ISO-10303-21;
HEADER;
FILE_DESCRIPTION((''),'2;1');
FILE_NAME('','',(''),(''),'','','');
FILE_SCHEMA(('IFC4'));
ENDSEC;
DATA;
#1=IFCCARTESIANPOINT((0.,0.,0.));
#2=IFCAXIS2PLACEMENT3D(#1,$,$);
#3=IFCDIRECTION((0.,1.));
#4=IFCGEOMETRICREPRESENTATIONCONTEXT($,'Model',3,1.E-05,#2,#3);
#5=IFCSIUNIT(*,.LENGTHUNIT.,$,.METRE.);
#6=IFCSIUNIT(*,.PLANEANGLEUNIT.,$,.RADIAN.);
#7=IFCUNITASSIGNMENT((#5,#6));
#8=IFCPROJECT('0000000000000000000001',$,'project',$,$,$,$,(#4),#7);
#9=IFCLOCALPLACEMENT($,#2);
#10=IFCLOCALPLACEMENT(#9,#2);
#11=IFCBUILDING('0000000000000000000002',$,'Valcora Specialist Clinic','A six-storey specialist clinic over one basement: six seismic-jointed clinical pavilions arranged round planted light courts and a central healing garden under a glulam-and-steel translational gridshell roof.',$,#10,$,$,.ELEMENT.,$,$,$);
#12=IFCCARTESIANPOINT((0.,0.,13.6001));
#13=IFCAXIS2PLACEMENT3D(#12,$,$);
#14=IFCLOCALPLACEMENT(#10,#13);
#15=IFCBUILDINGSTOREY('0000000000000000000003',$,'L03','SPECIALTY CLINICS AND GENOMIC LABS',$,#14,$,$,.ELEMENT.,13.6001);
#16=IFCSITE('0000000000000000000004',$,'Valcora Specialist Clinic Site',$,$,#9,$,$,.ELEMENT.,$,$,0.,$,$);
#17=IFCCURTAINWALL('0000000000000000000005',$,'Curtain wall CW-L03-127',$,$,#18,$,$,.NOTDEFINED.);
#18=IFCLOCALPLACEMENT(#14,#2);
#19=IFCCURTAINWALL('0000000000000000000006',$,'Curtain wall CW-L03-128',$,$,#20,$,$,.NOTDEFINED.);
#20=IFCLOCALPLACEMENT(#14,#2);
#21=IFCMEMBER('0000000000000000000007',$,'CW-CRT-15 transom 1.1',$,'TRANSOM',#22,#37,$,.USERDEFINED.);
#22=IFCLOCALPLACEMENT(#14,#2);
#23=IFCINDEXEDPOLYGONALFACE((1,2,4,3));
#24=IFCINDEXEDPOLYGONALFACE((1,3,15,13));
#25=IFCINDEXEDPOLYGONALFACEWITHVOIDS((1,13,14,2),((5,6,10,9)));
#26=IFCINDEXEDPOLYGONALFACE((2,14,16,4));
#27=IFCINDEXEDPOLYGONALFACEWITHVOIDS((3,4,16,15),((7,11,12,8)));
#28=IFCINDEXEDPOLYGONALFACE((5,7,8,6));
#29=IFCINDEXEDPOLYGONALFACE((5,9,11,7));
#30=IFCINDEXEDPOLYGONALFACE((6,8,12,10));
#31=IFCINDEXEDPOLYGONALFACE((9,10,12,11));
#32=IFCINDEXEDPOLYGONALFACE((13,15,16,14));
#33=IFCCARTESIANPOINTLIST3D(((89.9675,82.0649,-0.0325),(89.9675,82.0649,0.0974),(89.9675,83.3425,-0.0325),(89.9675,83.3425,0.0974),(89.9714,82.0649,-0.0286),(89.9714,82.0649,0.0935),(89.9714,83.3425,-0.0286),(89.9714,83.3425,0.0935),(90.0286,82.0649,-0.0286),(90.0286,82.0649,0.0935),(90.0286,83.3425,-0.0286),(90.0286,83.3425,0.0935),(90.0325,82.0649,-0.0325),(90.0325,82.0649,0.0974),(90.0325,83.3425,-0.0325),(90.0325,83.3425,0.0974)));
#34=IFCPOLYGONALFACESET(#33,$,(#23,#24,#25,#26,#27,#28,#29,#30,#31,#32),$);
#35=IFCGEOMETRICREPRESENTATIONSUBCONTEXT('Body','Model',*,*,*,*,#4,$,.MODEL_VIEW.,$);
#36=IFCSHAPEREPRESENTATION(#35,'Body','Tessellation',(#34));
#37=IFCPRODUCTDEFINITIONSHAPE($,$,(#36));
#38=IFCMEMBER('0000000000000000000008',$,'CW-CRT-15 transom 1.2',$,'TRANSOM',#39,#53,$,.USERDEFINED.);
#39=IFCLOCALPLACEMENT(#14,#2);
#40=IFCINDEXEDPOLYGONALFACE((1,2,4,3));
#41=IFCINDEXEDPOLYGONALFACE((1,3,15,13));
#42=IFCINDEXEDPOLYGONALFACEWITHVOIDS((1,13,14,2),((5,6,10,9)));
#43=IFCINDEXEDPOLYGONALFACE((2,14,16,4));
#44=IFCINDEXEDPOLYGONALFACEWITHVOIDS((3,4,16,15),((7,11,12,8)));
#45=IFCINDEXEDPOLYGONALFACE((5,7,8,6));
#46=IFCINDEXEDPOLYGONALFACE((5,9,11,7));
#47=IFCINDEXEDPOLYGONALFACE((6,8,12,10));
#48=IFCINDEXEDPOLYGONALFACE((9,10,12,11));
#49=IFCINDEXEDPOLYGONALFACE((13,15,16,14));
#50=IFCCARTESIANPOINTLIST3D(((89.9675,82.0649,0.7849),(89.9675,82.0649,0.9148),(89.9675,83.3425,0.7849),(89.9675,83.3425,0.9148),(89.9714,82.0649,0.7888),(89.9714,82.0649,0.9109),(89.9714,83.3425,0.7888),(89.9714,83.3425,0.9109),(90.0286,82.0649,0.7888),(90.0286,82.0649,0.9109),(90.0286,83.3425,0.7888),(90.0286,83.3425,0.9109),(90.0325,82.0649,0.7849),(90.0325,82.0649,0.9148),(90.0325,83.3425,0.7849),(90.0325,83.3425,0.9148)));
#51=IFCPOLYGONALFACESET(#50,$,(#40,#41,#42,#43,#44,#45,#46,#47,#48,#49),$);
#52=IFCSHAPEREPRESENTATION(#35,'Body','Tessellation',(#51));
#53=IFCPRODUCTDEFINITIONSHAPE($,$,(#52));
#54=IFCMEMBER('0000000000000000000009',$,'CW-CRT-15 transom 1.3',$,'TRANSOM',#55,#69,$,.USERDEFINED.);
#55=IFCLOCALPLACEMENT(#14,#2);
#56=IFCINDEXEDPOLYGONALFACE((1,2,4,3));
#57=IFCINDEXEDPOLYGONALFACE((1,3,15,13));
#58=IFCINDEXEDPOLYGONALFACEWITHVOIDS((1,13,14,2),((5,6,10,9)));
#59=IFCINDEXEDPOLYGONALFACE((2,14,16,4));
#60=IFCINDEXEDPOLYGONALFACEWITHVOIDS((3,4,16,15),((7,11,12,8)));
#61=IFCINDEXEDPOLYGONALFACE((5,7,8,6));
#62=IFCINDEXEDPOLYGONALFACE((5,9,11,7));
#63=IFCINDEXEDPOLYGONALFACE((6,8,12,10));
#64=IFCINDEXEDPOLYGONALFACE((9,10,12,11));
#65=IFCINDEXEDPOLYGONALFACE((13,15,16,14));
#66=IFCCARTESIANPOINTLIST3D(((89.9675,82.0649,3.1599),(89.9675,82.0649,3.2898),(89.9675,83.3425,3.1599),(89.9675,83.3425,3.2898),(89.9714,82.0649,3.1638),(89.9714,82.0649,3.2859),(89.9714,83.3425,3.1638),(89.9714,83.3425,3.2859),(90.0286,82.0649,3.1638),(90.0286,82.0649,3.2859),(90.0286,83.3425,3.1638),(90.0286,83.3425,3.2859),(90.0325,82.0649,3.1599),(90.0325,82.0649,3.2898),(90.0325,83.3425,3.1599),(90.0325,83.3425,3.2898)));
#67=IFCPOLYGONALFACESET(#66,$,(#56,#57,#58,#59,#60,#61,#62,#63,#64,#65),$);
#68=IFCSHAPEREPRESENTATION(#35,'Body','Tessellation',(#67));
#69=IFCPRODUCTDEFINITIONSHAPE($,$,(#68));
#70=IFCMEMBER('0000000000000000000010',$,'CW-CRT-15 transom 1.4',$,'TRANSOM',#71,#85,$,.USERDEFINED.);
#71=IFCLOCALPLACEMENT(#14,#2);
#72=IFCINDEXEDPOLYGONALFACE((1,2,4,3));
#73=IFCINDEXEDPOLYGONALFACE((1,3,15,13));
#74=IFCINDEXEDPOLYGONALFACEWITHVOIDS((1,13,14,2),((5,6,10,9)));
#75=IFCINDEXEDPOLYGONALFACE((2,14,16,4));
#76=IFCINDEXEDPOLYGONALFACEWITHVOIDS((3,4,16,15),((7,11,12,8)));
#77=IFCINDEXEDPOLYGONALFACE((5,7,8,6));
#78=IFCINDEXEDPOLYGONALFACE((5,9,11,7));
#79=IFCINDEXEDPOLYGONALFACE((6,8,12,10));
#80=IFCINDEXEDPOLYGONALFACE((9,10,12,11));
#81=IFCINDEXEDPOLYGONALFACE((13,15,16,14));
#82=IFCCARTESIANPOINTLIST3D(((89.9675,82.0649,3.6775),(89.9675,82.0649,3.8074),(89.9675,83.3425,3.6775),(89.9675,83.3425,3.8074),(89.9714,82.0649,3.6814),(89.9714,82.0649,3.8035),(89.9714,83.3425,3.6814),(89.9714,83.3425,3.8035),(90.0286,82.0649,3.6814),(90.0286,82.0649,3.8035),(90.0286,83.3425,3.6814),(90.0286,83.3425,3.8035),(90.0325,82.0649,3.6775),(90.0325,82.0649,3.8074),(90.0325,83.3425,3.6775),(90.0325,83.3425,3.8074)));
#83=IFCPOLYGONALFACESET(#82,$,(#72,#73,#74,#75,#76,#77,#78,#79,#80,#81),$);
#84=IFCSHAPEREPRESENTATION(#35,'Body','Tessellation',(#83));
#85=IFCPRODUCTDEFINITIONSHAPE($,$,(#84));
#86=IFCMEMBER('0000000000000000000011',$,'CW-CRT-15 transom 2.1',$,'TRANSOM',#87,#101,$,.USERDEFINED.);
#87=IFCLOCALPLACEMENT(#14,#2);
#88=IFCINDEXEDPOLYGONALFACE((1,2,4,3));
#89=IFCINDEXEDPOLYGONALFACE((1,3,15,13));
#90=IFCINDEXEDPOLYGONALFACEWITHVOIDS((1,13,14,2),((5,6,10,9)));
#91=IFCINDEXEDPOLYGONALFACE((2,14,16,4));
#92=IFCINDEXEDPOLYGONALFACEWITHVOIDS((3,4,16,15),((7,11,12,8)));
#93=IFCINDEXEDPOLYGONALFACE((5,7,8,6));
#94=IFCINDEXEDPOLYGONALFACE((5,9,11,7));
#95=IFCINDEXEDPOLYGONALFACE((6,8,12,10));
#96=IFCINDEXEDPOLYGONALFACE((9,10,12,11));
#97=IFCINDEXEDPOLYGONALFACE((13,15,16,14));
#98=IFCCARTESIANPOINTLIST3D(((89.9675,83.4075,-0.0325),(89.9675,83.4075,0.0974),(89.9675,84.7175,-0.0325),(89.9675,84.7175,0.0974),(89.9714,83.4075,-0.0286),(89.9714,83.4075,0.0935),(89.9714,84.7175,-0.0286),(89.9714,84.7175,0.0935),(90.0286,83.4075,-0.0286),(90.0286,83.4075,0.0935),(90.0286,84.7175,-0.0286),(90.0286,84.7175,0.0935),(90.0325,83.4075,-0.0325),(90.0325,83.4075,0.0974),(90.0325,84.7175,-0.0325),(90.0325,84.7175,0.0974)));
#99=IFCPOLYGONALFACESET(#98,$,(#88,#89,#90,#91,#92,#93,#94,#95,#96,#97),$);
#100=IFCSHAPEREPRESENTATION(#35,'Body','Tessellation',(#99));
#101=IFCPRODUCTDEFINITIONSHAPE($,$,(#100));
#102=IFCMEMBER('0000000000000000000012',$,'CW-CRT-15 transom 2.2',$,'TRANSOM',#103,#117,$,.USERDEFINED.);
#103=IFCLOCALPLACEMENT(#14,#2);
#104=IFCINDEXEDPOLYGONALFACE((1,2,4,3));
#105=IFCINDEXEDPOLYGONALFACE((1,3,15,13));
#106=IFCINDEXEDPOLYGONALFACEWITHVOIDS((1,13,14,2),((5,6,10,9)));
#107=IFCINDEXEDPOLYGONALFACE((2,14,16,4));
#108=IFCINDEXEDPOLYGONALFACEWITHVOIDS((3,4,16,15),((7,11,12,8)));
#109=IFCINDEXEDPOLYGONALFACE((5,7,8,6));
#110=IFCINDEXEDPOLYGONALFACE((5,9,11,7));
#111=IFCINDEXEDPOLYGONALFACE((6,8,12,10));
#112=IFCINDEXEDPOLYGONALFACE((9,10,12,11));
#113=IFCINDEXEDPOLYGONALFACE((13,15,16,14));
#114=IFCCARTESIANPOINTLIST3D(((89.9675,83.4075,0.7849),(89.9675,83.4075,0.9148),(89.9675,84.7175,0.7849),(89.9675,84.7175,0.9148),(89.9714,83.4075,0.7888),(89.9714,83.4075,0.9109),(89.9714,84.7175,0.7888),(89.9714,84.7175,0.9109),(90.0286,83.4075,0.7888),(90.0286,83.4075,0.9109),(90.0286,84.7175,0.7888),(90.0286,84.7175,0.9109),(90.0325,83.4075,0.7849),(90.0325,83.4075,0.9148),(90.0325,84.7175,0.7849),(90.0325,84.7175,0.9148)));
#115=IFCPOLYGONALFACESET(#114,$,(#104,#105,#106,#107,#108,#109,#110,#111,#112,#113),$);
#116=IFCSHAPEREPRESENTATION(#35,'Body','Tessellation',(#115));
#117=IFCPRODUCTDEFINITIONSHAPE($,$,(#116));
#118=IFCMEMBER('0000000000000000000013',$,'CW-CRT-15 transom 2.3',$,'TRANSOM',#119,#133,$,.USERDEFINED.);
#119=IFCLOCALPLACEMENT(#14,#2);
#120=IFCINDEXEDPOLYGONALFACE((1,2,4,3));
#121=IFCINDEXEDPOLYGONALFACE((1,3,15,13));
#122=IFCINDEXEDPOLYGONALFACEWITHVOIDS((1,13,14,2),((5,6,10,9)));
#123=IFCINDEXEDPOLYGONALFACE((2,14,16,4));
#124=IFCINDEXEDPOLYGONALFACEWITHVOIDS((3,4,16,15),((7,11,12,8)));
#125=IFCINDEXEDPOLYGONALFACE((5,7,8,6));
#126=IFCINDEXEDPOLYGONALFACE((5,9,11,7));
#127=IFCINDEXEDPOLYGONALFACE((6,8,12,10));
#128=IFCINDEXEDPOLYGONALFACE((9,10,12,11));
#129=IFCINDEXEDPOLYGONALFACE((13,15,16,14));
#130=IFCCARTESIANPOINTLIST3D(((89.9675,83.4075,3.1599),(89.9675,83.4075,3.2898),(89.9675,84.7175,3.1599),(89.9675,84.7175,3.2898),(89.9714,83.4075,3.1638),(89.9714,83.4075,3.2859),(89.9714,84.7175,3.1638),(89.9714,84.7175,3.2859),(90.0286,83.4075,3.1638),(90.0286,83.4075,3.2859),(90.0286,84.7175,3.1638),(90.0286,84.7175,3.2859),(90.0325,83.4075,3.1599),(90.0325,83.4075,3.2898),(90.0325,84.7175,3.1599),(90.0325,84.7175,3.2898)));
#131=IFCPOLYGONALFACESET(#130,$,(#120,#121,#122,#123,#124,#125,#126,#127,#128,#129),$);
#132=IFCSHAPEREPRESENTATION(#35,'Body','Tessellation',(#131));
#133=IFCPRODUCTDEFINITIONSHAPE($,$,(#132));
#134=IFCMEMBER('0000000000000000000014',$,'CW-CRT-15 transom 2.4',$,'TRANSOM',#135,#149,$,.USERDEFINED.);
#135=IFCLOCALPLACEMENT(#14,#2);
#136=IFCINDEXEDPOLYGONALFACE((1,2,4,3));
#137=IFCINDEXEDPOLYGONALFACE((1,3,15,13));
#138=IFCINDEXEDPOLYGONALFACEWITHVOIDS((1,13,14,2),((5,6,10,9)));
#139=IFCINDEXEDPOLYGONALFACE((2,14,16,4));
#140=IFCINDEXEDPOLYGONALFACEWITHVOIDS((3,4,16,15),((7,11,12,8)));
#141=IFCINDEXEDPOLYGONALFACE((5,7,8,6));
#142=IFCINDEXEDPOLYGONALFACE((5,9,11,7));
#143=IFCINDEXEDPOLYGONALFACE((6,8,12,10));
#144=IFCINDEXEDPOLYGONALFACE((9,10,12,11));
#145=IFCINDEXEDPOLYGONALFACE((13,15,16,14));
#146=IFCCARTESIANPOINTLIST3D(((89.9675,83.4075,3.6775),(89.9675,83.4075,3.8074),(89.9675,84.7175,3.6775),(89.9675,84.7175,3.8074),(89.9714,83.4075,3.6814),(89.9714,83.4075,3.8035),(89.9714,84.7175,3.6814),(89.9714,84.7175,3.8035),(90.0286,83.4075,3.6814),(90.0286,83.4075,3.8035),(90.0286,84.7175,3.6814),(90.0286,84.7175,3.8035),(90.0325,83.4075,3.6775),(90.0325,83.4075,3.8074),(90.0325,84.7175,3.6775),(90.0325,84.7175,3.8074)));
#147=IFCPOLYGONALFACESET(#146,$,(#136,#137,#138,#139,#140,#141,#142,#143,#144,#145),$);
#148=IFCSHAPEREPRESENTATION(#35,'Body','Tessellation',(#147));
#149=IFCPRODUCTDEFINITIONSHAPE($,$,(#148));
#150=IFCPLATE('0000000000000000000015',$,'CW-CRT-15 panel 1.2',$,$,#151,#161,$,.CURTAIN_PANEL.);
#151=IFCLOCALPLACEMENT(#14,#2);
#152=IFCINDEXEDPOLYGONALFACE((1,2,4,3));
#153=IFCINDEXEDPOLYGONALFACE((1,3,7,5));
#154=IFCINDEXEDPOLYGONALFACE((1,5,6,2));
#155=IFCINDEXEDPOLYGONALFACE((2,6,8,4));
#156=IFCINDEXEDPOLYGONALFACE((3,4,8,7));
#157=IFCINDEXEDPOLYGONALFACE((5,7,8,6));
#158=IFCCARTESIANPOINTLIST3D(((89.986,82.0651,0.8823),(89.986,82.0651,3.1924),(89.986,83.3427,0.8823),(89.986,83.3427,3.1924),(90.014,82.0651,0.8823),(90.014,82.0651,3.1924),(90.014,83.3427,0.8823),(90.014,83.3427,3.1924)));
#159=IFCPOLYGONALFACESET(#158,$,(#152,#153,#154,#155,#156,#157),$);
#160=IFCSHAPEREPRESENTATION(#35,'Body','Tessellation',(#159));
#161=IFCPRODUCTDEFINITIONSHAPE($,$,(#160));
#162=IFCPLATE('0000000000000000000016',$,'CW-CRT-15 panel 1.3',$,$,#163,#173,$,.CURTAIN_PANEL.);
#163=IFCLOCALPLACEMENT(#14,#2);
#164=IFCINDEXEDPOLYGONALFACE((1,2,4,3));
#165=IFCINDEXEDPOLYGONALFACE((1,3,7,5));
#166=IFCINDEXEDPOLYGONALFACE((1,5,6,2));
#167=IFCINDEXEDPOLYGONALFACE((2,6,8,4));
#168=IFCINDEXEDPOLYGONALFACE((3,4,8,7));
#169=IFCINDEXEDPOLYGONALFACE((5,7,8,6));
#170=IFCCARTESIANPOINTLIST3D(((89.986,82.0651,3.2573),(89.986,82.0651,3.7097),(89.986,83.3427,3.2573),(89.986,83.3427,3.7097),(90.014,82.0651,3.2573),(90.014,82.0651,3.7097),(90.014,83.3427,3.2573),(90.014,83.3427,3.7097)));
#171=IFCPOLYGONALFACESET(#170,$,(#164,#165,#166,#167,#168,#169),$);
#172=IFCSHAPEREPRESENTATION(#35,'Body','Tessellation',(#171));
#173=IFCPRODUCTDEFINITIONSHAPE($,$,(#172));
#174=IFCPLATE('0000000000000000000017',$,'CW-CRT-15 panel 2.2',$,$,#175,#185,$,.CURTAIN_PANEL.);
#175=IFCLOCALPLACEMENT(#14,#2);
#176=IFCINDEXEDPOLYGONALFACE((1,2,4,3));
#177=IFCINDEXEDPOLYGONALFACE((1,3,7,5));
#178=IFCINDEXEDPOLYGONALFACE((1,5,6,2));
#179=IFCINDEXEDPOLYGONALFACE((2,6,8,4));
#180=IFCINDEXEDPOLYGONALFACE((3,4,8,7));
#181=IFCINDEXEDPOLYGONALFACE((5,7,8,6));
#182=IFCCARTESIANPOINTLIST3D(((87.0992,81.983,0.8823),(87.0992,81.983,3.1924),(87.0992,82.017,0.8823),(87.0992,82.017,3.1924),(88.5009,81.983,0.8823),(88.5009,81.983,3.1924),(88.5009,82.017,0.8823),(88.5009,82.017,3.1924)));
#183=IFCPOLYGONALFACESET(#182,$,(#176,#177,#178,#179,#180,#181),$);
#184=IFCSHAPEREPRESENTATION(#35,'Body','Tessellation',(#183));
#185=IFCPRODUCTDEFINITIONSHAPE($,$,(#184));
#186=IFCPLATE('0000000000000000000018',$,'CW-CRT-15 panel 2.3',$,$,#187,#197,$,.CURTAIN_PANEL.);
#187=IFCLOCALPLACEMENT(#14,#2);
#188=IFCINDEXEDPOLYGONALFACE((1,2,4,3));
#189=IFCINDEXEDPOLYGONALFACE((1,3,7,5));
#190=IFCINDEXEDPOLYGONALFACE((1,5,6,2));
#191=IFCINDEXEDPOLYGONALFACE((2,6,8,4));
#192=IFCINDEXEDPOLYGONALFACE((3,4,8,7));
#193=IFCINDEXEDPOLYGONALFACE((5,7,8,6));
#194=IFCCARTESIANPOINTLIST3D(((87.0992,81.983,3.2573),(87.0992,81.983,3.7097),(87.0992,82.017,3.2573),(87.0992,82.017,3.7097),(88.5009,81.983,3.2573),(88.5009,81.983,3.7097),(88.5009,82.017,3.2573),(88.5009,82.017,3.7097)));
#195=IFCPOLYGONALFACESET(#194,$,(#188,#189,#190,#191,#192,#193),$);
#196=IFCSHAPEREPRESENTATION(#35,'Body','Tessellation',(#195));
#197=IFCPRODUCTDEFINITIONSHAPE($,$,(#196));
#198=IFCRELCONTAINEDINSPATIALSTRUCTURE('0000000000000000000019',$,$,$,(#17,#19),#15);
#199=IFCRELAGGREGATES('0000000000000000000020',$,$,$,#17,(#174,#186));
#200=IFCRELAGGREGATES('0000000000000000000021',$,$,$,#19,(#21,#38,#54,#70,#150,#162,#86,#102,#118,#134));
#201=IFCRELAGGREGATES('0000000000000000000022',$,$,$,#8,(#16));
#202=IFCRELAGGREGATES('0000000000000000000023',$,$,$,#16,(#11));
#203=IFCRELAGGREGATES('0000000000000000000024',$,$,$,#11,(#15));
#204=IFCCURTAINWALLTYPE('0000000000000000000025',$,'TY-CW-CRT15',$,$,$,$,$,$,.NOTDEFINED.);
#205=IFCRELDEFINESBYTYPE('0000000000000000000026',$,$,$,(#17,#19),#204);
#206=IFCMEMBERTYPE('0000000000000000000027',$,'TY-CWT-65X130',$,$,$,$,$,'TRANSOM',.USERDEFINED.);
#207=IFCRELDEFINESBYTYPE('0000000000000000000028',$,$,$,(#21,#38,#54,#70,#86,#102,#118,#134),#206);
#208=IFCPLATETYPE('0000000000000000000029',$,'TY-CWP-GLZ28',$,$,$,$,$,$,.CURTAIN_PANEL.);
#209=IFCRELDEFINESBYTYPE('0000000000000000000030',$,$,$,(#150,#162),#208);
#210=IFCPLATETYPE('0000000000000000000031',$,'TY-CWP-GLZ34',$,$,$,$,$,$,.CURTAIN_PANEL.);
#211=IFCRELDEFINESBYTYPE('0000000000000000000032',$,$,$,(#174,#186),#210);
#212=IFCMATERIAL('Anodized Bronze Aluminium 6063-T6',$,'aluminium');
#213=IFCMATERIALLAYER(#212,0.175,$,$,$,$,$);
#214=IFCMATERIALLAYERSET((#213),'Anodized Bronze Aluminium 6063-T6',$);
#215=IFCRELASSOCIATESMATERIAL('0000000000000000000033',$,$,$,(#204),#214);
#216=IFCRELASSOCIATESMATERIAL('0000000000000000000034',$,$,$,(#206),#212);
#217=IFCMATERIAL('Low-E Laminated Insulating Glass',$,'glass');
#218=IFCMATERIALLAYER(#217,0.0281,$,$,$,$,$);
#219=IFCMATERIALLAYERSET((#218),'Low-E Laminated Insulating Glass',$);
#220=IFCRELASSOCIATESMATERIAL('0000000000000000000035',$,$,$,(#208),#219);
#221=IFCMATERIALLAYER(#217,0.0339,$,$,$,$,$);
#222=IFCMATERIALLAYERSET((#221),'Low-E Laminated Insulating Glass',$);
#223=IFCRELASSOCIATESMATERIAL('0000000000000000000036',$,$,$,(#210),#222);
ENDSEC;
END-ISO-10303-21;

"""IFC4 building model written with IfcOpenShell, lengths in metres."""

from ifc_helpers import new_model, si_unit, direction, frame, origin, origin_2d, place, context, subcontext, project, spatial, rectangle, hollow_rectangle, extrude, material, layer, layer_set, material_profile, profile_set, type_object, element, aggregate, save


model = new_model("IFC4")

# Units and contexts
model_context = context("Model", 3, precision=1e-05, world=origin(), true_north=direction((0.0, 1.0)))
body_context = subcontext(model_context, "Body", "Model", "MODEL_VIEW")
ifc_project = project(units=[si_unit("LENGTHUNIT", "METRE"), si_unit("PLANEANGLEUNIT", "RADIAN")], contexts=[model_context])

# Site, building, storey
site_placement = place(None, origin())
site = spatial("IfcSite", under=ifc_project, at=site_placement, Name="Valcora Specialist Clinic Site", CompositionType="ELEMENT", RefElevation=0.0)
building_placement = place(site_placement, origin())
building = spatial("IfcBuilding", under=site, at=building_placement, Name="Valcora Specialist Clinic", Description="A six-storey specialist clinic over one basement: six seismic-jointed clinical pavilions arranged round planted light courts and a central healing garden under a glulam-and-steel translational gridshell roof.", CompositionType="ELEMENT")
storey_placement = place(building_placement, frame((0.0, 0.0, 13.6001)))
storey = spatial("IfcBuildingStorey", under=building, at=storey_placement, Name="L03", Description="SPECIALTY CLINICS AND GENOMIC LABS", CompositionType="ELEMENT", Elevation=13.6001)

# Curtain walls
ifc_material_1 = material(Name="Anodized Bronze Aluminium 6063-T6", Category="aluminium")
ifc_layer_1 = layer(ifc_material_1, 0.175)
ifc_layer_set_1 = layer_set([ifc_layer_1], Name="Anodized Bronze Aluminium 6063-T6")
curtain_wall_type = type_object("IfcCurtainWallType", Name="TY-CW-CRT15", PredefinedType="NOTDEFINED", material=ifc_layer_set_1)
curtain_wall_1_placement = place(storey_placement, origin())
curtain_wall_1 = element("IfcCurtainWall", 1, at=curtain_wall_1_placement, inside=storey, type_object=curtain_wall_type, Name="Curtain wall CW-L03-127", PredefinedType="NOTDEFINED")
curtain_wall_2_placement = place(storey_placement, origin())
curtain_wall_2 = element("IfcCurtainWall", 2, at=curtain_wall_2_placement, inside=storey, type_object=curtain_wall_type, Name="Curtain wall CW-L03-128", PredefinedType="NOTDEFINED")

# Members
ifc_material_profile_1 = material_profile(ifc_material_1, hollow_rectangle(XDim=0.0649, YDim=0.1299, WallThickness=0.0039, at=origin_2d()), Name="AL-TRN-65X130")
ifc_profile_set_1 = profile_set([ifc_material_profile_1], Name="Anodized Bronze Aluminium 6063-T6")
member_type_1 = type_object("IfcMemberType", Name="TY-CWT-65X130", ElementType="TRANSOM", PredefinedType="USERDEFINED", material=ifc_profile_set_1)
member_1_placement = place(storey_placement, frame((90.0, 82.0649, 0.0325), z_axis=(0.0, 1.0, 0.0), x_axis=(-1.0, 0.0, 0.0)))
member_1 = element("IfcMember", 3, at=member_1_placement, type_object=member_type_1, Name="CW-CRT-15 transom 1.1", ObjectType="TRANSOM", PredefinedType="USERDEFINED", context=body_context, shape_type="SweptSolid", body=[
    extrude(hollow_rectangle(XDim=0.0649, YDim=0.1299, WallThickness=0.0039, at=origin_2d()), origin(), (0.0, 0.0, 1.0), 1.2776),
])
member_2_placement = place(storey_placement, frame((90.0, 82.0649, 0.8499), z_axis=(0.0, 1.0, 0.0), x_axis=(-1.0, 0.0, 0.0)))
member_2 = element("IfcMember", 4, at=member_2_placement, type_object=member_type_1, Name="CW-CRT-15 transom 1.2", ObjectType="TRANSOM", PredefinedType="USERDEFINED", context=body_context, shape_type="SweptSolid", body=[
    extrude(hollow_rectangle(XDim=0.0649, YDim=0.1299, WallThickness=0.0039, at=origin_2d()), origin(), (0.0, 0.0, 1.0), 1.2776),
])
member_3_placement = place(storey_placement, frame((90.0, 82.0649, 3.2249), z_axis=(0.0, 1.0, 0.0), x_axis=(-1.0, 0.0, 0.0)))
member_3 = element("IfcMember", 5, at=member_3_placement, type_object=member_type_1, Name="CW-CRT-15 transom 1.3", ObjectType="TRANSOM", PredefinedType="USERDEFINED", context=body_context, shape_type="SweptSolid", body=[
    extrude(hollow_rectangle(XDim=0.0649, YDim=0.1299, WallThickness=0.0039, at=origin_2d()), origin(), (0.0, 0.0, 1.0), 1.2776),
])
member_4_placement = place(storey_placement, frame((90.0, 82.0649, 3.7424), z_axis=(0.0, 1.0, 0.0), x_axis=(-1.0, 0.0, 0.0)))
member_4 = element("IfcMember", 6, at=member_4_placement, type_object=member_type_1, Name="CW-CRT-15 transom 1.4", ObjectType="TRANSOM", PredefinedType="USERDEFINED", context=body_context, shape_type="SweptSolid", body=[
    extrude(hollow_rectangle(XDim=0.0649, YDim=0.1299, WallThickness=0.0039, at=origin_2d()), origin(), (0.0, 0.0, 1.0), 1.2776),
])
member_5_placement = place(storey_placement, frame((90.0, 83.4075, 0.0325), z_axis=(0.0, 1.0, 0.0), x_axis=(-1.0, 0.0, 0.0)))
member_5 = element("IfcMember", 7, at=member_5_placement, type_object=member_type_1, Name="CW-CRT-15 transom 2.1", ObjectType="TRANSOM", PredefinedType="USERDEFINED", context=body_context, shape_type="SweptSolid", body=[
    extrude(hollow_rectangle(XDim=0.0649, YDim=0.1299, WallThickness=0.0039, at=origin_2d()), origin(), (0.0, 0.0, 1.0), 1.3101),
])
member_6_placement = place(storey_placement, frame((90.0, 83.4075, 0.8499), z_axis=(0.0, 1.0, 0.0), x_axis=(-1.0, 0.0, 0.0)))
member_6 = element("IfcMember", 8, at=member_6_placement, type_object=member_type_1, Name="CW-CRT-15 transom 2.2", ObjectType="TRANSOM", PredefinedType="USERDEFINED", context=body_context, shape_type="SweptSolid", body=[
    extrude(hollow_rectangle(XDim=0.0649, YDim=0.1299, WallThickness=0.0039, at=origin_2d()), origin(), (0.0, 0.0, 1.0), 1.3101),
])
member_7_placement = place(storey_placement, frame((90.0, 83.4075, 3.2249), z_axis=(0.0, 1.0, 0.0), x_axis=(-1.0, 0.0, 0.0)))
member_7 = element("IfcMember", 9, at=member_7_placement, type_object=member_type_1, Name="CW-CRT-15 transom 2.3", ObjectType="TRANSOM", PredefinedType="USERDEFINED", context=body_context, shape_type="SweptSolid", body=[
    extrude(hollow_rectangle(XDim=0.0649, YDim=0.1299, WallThickness=0.0039, at=origin_2d()), origin(), (0.0, 0.0, 1.0), 1.3101),
])
member_8_placement = place(storey_placement, frame((90.0, 83.4075, 3.7424), z_axis=(0.0, 1.0, 0.0), x_axis=(-1.0, 0.0, 0.0)))
member_8 = element("IfcMember", 10, at=member_8_placement, type_object=member_type_1, Name="CW-CRT-15 transom 2.4", ObjectType="TRANSOM", PredefinedType="USERDEFINED", context=body_context, shape_type="SweptSolid", body=[
    extrude(hollow_rectangle(XDim=0.0649, YDim=0.1299, WallThickness=0.0039, at=origin_2d()), origin(), (0.0, 0.0, 1.0), 1.3101),
])

# Plates
ifc_material_2 = material(Name="Low-E Laminated Insulating Glass", Category="glass")
ifc_layer_2 = layer(ifc_material_2, 0.0281)
ifc_layer_set_2 = layer_set([ifc_layer_2], Name="Low-E Laminated Insulating Glass")
plate_type_1 = type_object("IfcPlateType", Name="TY-CWP-GLZ28", PredefinedType="CURTAIN_PANEL", material=ifc_layer_set_2)
plate_1_placement = place(storey_placement, frame((90.0, 82.7039, 0.8823), z_axis=(0.0, 0.0, 1.0), x_axis=(0.0, 1.0, 0.0)))
plate_1 = element("IfcPlate", 11, at=plate_1_placement, type_object=plate_type_1, Name="CW-CRT-15 panel 1.2", PredefinedType="CURTAIN_PANEL", context=body_context, shape_type="SweptSolid", body=[
    extrude(rectangle(XDim=1.2776, YDim=0.0281, at=origin_2d()), origin(), (0.0, 0.0, 1.0), 2.3101),
])
plate_2_placement = place(storey_placement, frame((90.0, 82.7039, 3.2573), z_axis=(0.0, 0.0, 1.0), x_axis=(0.0, 1.0, 0.0)))
plate_2 = element("IfcPlate", 12, at=plate_2_placement, type_object=plate_type_1, Name="CW-CRT-15 panel 1.3", PredefinedType="CURTAIN_PANEL", context=body_context, shape_type="SweptSolid", body=[
    extrude(rectangle(XDim=1.2776, YDim=0.0281, at=origin_2d()), origin(), (0.0, 0.0, 1.0), 0.4524),
])
ifc_layer_3 = layer(ifc_material_2, 0.0339)
ifc_layer_set_3 = layer_set([ifc_layer_3], Name="Low-E Laminated Insulating Glass")
plate_type_2 = type_object("IfcPlateType", Name="TY-CWP-GLZ34", PredefinedType="CURTAIN_PANEL", material=ifc_layer_set_3)
plate_3_placement = place(storey_placement, frame((87.8, 82.0, 0.8823), z_axis=(0.0, 0.0, 1.0), x_axis=(1.0, 0.0, 0.0)))
plate_3 = element("IfcPlate", 13, at=plate_3_placement, type_object=plate_type_2, Name="CW-CRT-15 panel 2.2", PredefinedType="CURTAIN_PANEL", context=body_context, shape_type="SweptSolid", body=[
    extrude(rectangle(XDim=1.4016, YDim=0.0339, at=origin_2d()), origin(), (0.0, 0.0, 1.0), 2.3101),
])
plate_4_placement = place(storey_placement, frame((87.8, 82.0, 3.2573), z_axis=(0.0, 0.0, 1.0), x_axis=(1.0, 0.0, 0.0)))
plate_4 = element("IfcPlate", 14, at=plate_4_placement, type_object=plate_type_2, Name="CW-CRT-15 panel 2.3", PredefinedType="CURTAIN_PANEL", context=body_context, shape_type="SweptSolid", body=[
    extrude(rectangle(XDim=1.4016, YDim=0.0339, at=origin_2d()), origin(), (0.0, 0.0, 1.0), 0.4524),
])
aggregate(curtain_wall_1, [plate_3, plate_4])
aggregate(curtain_wall_2, [member_1, member_2, member_3, member_4, plate_1, plate_2, member_5, member_6, member_7, member_8])

save(model, "model.ifc")
